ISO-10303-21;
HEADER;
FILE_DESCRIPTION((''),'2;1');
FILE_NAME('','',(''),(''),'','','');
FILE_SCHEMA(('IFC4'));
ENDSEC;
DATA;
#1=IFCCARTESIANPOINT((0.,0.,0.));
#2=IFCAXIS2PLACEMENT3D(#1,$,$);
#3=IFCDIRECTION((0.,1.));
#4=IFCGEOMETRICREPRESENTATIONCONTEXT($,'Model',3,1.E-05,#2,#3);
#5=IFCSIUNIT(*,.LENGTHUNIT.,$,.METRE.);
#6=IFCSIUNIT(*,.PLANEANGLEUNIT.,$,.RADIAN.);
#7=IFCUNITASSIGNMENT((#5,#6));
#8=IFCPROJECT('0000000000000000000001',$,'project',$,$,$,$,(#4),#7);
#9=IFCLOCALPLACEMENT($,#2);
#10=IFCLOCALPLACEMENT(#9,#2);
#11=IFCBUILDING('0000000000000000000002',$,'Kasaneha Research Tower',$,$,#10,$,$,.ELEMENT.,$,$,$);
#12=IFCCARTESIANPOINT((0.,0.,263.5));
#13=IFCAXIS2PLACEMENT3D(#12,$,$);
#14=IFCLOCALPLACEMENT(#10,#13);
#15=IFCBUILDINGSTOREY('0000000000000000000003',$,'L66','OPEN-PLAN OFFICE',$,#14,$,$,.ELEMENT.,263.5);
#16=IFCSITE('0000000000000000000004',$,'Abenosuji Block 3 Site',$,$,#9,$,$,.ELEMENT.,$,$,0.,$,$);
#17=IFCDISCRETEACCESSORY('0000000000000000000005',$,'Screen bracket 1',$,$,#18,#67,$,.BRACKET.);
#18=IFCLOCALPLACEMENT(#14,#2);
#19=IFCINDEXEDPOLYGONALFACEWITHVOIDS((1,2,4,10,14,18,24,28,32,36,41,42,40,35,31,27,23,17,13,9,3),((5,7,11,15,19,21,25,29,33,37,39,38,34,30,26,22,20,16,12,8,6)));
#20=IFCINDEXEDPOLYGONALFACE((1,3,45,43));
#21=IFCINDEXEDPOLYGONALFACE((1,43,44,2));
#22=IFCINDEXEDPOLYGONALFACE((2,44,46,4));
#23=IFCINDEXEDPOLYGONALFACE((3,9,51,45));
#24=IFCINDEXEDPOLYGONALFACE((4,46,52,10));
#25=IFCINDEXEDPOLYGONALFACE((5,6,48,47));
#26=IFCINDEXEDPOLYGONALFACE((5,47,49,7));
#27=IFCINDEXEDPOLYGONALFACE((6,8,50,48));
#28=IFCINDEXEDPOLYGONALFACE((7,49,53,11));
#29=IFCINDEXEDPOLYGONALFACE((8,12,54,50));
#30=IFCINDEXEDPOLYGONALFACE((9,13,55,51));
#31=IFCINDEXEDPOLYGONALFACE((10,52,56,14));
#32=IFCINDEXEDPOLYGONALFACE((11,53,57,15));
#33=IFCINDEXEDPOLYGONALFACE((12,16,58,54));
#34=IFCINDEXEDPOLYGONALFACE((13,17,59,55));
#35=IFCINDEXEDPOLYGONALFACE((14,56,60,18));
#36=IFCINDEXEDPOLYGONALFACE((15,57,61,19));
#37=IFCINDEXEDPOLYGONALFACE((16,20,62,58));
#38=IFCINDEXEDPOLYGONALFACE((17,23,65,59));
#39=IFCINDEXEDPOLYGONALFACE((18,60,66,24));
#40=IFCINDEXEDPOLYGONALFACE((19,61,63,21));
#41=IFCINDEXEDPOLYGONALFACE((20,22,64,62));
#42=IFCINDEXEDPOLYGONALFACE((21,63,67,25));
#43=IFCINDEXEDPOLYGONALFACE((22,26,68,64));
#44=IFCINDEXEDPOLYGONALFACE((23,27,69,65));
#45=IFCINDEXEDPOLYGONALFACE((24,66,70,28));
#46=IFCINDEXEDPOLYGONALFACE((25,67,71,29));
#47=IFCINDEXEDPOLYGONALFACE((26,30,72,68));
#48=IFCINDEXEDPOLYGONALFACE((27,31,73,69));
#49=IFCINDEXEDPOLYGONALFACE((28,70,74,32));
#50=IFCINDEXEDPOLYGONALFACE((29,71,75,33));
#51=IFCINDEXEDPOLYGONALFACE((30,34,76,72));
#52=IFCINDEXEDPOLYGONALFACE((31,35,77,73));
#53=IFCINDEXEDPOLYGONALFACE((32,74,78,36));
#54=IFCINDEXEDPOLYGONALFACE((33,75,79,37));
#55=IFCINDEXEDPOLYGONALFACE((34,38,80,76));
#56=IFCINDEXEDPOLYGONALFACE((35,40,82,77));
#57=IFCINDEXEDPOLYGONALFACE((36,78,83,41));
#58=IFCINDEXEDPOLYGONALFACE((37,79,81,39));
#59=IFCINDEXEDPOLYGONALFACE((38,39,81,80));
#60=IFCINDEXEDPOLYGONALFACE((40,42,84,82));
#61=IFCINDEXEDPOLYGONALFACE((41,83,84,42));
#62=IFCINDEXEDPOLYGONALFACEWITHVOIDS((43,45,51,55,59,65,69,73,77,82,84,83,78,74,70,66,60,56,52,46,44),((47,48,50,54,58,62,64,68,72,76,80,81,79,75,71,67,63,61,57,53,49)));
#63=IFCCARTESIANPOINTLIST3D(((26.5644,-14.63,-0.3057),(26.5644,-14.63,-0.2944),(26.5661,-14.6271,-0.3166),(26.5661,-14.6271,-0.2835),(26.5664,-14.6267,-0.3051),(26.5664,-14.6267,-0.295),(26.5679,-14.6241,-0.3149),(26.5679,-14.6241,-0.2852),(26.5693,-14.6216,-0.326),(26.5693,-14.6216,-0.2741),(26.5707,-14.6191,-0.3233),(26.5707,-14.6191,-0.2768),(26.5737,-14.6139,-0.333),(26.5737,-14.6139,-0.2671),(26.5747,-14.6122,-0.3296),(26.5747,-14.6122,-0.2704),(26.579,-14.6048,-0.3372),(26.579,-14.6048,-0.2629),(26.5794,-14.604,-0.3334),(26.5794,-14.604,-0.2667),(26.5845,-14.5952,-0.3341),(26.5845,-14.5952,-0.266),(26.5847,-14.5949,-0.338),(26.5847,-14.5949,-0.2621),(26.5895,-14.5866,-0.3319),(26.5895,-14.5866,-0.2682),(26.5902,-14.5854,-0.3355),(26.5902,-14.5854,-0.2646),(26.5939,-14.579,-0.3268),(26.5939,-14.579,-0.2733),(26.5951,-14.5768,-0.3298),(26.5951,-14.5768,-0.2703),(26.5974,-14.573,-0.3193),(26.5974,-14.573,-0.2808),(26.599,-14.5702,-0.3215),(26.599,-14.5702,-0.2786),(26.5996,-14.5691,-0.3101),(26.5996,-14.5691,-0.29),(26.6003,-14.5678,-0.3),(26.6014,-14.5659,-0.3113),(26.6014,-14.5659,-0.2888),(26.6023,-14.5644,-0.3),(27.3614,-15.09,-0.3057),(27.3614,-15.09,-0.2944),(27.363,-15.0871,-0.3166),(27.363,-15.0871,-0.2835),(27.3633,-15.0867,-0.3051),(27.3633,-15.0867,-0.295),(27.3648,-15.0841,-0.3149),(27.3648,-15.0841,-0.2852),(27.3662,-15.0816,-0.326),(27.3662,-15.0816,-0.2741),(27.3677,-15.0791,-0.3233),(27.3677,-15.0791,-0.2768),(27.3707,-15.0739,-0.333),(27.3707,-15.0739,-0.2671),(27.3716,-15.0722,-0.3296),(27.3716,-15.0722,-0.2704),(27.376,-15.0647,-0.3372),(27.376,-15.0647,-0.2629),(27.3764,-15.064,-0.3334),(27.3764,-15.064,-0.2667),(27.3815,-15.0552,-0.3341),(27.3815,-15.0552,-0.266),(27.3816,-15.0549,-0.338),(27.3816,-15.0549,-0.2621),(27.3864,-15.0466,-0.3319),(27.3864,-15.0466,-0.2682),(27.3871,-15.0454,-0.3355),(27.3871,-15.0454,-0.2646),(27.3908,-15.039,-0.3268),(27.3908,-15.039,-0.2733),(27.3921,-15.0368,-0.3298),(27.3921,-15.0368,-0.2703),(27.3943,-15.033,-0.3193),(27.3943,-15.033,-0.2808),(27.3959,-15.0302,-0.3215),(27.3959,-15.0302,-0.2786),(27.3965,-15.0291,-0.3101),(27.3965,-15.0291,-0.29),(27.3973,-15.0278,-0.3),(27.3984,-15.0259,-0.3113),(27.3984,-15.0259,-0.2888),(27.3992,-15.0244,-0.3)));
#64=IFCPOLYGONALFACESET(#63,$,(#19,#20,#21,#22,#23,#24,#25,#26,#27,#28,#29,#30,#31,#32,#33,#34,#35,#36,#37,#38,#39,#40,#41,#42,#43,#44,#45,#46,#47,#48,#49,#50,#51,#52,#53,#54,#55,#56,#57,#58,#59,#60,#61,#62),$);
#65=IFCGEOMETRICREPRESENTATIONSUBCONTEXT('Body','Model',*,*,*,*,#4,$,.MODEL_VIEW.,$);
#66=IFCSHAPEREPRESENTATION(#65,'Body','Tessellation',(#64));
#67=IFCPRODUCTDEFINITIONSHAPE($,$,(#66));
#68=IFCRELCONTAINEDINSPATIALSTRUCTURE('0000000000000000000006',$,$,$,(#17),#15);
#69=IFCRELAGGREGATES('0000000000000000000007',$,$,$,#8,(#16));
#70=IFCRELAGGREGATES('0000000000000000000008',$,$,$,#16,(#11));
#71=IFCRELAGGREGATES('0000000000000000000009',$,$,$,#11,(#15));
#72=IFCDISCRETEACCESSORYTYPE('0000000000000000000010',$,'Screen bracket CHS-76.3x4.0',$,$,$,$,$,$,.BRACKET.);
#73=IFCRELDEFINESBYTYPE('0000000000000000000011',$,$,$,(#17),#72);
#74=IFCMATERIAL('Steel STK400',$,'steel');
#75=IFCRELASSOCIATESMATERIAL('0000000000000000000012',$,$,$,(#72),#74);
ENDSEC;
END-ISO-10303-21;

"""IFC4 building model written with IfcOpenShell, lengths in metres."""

from ifc_helpers import new_model, si_unit, direction, frame, origin, origin_2d, place, context, subcontext, project, spatial, hollow_circle, extrude, material, material_profile, profile_set, type_object, element, save


model = new_model("IFC4")

# Units and contexts
model_context = context("Model", 3, precision=1e-05, world=origin(), true_north=direction((0.0, 1.0)))
body_context = subcontext(model_context, "Body", "Model", "MODEL_VIEW")
ifc_project = project(units=[si_unit("LENGTHUNIT", "METRE"), si_unit("PLANEANGLEUNIT", "RADIAN")], contexts=[model_context])

# Site, building, storey
site_placement = place(None, origin())
site = spatial("IfcSite", under=ifc_project, at=site_placement, Name="Abenosuji Block 3 Site", CompositionType="ELEMENT", RefElevation=0.0)
building_placement = place(site_placement, origin())
building = spatial("IfcBuilding", under=site, at=building_placement, Name="Kasaneha Research Tower", CompositionType="ELEMENT")
storey_placement = place(building_placement, frame((0.0, 0.0, 263.5)))
storey = spatial("IfcBuildingStorey", under=building, at=storey_placement, Name="L66", Description="OPEN-PLAN OFFICE", CompositionType="ELEMENT", Elevation=263.5)

# Discrete accessory
ifc_material_1 = material(Name="Steel STK400", Category="steel")
ifc_material_profile_1 = material_profile(ifc_material_1, hollow_circle(Radius=0.0381, WallThickness=0.0039, at=origin_2d()), Name="CHS-76.3x4.0")
ifc_profile_set_1 = profile_set([ifc_material_profile_1], Name="Steel STK400")
discrete_accessory_type = type_object("IfcDiscreteAccessoryType", Name="Screen bracket CHS-76.3x4.0", PredefinedType="BRACKET", material=ifc_profile_set_1)
discrete_accessory_1_placement = place(storey_placement, frame((26.5833, -14.5974, -0.3), z_axis=(0.86608, -0.499906, 0.0), x_axis=(0.499906, 0.86608, 0.0)))
element("IfcDiscreteAccessory", 1, at=discrete_accessory_1_placement, inside=storey, type_object=discrete_accessory_type, Name="Screen bracket 1", PredefinedType="BRACKET", context=body_context, shape_type="SweptSolid", body=[
    extrude(hollow_circle(Radius=0.0381, WallThickness=0.0039, at=origin_2d()), origin(), (0.0, 0.0, 1.0), 0.9202),
])

save(model, "model.ifc")
